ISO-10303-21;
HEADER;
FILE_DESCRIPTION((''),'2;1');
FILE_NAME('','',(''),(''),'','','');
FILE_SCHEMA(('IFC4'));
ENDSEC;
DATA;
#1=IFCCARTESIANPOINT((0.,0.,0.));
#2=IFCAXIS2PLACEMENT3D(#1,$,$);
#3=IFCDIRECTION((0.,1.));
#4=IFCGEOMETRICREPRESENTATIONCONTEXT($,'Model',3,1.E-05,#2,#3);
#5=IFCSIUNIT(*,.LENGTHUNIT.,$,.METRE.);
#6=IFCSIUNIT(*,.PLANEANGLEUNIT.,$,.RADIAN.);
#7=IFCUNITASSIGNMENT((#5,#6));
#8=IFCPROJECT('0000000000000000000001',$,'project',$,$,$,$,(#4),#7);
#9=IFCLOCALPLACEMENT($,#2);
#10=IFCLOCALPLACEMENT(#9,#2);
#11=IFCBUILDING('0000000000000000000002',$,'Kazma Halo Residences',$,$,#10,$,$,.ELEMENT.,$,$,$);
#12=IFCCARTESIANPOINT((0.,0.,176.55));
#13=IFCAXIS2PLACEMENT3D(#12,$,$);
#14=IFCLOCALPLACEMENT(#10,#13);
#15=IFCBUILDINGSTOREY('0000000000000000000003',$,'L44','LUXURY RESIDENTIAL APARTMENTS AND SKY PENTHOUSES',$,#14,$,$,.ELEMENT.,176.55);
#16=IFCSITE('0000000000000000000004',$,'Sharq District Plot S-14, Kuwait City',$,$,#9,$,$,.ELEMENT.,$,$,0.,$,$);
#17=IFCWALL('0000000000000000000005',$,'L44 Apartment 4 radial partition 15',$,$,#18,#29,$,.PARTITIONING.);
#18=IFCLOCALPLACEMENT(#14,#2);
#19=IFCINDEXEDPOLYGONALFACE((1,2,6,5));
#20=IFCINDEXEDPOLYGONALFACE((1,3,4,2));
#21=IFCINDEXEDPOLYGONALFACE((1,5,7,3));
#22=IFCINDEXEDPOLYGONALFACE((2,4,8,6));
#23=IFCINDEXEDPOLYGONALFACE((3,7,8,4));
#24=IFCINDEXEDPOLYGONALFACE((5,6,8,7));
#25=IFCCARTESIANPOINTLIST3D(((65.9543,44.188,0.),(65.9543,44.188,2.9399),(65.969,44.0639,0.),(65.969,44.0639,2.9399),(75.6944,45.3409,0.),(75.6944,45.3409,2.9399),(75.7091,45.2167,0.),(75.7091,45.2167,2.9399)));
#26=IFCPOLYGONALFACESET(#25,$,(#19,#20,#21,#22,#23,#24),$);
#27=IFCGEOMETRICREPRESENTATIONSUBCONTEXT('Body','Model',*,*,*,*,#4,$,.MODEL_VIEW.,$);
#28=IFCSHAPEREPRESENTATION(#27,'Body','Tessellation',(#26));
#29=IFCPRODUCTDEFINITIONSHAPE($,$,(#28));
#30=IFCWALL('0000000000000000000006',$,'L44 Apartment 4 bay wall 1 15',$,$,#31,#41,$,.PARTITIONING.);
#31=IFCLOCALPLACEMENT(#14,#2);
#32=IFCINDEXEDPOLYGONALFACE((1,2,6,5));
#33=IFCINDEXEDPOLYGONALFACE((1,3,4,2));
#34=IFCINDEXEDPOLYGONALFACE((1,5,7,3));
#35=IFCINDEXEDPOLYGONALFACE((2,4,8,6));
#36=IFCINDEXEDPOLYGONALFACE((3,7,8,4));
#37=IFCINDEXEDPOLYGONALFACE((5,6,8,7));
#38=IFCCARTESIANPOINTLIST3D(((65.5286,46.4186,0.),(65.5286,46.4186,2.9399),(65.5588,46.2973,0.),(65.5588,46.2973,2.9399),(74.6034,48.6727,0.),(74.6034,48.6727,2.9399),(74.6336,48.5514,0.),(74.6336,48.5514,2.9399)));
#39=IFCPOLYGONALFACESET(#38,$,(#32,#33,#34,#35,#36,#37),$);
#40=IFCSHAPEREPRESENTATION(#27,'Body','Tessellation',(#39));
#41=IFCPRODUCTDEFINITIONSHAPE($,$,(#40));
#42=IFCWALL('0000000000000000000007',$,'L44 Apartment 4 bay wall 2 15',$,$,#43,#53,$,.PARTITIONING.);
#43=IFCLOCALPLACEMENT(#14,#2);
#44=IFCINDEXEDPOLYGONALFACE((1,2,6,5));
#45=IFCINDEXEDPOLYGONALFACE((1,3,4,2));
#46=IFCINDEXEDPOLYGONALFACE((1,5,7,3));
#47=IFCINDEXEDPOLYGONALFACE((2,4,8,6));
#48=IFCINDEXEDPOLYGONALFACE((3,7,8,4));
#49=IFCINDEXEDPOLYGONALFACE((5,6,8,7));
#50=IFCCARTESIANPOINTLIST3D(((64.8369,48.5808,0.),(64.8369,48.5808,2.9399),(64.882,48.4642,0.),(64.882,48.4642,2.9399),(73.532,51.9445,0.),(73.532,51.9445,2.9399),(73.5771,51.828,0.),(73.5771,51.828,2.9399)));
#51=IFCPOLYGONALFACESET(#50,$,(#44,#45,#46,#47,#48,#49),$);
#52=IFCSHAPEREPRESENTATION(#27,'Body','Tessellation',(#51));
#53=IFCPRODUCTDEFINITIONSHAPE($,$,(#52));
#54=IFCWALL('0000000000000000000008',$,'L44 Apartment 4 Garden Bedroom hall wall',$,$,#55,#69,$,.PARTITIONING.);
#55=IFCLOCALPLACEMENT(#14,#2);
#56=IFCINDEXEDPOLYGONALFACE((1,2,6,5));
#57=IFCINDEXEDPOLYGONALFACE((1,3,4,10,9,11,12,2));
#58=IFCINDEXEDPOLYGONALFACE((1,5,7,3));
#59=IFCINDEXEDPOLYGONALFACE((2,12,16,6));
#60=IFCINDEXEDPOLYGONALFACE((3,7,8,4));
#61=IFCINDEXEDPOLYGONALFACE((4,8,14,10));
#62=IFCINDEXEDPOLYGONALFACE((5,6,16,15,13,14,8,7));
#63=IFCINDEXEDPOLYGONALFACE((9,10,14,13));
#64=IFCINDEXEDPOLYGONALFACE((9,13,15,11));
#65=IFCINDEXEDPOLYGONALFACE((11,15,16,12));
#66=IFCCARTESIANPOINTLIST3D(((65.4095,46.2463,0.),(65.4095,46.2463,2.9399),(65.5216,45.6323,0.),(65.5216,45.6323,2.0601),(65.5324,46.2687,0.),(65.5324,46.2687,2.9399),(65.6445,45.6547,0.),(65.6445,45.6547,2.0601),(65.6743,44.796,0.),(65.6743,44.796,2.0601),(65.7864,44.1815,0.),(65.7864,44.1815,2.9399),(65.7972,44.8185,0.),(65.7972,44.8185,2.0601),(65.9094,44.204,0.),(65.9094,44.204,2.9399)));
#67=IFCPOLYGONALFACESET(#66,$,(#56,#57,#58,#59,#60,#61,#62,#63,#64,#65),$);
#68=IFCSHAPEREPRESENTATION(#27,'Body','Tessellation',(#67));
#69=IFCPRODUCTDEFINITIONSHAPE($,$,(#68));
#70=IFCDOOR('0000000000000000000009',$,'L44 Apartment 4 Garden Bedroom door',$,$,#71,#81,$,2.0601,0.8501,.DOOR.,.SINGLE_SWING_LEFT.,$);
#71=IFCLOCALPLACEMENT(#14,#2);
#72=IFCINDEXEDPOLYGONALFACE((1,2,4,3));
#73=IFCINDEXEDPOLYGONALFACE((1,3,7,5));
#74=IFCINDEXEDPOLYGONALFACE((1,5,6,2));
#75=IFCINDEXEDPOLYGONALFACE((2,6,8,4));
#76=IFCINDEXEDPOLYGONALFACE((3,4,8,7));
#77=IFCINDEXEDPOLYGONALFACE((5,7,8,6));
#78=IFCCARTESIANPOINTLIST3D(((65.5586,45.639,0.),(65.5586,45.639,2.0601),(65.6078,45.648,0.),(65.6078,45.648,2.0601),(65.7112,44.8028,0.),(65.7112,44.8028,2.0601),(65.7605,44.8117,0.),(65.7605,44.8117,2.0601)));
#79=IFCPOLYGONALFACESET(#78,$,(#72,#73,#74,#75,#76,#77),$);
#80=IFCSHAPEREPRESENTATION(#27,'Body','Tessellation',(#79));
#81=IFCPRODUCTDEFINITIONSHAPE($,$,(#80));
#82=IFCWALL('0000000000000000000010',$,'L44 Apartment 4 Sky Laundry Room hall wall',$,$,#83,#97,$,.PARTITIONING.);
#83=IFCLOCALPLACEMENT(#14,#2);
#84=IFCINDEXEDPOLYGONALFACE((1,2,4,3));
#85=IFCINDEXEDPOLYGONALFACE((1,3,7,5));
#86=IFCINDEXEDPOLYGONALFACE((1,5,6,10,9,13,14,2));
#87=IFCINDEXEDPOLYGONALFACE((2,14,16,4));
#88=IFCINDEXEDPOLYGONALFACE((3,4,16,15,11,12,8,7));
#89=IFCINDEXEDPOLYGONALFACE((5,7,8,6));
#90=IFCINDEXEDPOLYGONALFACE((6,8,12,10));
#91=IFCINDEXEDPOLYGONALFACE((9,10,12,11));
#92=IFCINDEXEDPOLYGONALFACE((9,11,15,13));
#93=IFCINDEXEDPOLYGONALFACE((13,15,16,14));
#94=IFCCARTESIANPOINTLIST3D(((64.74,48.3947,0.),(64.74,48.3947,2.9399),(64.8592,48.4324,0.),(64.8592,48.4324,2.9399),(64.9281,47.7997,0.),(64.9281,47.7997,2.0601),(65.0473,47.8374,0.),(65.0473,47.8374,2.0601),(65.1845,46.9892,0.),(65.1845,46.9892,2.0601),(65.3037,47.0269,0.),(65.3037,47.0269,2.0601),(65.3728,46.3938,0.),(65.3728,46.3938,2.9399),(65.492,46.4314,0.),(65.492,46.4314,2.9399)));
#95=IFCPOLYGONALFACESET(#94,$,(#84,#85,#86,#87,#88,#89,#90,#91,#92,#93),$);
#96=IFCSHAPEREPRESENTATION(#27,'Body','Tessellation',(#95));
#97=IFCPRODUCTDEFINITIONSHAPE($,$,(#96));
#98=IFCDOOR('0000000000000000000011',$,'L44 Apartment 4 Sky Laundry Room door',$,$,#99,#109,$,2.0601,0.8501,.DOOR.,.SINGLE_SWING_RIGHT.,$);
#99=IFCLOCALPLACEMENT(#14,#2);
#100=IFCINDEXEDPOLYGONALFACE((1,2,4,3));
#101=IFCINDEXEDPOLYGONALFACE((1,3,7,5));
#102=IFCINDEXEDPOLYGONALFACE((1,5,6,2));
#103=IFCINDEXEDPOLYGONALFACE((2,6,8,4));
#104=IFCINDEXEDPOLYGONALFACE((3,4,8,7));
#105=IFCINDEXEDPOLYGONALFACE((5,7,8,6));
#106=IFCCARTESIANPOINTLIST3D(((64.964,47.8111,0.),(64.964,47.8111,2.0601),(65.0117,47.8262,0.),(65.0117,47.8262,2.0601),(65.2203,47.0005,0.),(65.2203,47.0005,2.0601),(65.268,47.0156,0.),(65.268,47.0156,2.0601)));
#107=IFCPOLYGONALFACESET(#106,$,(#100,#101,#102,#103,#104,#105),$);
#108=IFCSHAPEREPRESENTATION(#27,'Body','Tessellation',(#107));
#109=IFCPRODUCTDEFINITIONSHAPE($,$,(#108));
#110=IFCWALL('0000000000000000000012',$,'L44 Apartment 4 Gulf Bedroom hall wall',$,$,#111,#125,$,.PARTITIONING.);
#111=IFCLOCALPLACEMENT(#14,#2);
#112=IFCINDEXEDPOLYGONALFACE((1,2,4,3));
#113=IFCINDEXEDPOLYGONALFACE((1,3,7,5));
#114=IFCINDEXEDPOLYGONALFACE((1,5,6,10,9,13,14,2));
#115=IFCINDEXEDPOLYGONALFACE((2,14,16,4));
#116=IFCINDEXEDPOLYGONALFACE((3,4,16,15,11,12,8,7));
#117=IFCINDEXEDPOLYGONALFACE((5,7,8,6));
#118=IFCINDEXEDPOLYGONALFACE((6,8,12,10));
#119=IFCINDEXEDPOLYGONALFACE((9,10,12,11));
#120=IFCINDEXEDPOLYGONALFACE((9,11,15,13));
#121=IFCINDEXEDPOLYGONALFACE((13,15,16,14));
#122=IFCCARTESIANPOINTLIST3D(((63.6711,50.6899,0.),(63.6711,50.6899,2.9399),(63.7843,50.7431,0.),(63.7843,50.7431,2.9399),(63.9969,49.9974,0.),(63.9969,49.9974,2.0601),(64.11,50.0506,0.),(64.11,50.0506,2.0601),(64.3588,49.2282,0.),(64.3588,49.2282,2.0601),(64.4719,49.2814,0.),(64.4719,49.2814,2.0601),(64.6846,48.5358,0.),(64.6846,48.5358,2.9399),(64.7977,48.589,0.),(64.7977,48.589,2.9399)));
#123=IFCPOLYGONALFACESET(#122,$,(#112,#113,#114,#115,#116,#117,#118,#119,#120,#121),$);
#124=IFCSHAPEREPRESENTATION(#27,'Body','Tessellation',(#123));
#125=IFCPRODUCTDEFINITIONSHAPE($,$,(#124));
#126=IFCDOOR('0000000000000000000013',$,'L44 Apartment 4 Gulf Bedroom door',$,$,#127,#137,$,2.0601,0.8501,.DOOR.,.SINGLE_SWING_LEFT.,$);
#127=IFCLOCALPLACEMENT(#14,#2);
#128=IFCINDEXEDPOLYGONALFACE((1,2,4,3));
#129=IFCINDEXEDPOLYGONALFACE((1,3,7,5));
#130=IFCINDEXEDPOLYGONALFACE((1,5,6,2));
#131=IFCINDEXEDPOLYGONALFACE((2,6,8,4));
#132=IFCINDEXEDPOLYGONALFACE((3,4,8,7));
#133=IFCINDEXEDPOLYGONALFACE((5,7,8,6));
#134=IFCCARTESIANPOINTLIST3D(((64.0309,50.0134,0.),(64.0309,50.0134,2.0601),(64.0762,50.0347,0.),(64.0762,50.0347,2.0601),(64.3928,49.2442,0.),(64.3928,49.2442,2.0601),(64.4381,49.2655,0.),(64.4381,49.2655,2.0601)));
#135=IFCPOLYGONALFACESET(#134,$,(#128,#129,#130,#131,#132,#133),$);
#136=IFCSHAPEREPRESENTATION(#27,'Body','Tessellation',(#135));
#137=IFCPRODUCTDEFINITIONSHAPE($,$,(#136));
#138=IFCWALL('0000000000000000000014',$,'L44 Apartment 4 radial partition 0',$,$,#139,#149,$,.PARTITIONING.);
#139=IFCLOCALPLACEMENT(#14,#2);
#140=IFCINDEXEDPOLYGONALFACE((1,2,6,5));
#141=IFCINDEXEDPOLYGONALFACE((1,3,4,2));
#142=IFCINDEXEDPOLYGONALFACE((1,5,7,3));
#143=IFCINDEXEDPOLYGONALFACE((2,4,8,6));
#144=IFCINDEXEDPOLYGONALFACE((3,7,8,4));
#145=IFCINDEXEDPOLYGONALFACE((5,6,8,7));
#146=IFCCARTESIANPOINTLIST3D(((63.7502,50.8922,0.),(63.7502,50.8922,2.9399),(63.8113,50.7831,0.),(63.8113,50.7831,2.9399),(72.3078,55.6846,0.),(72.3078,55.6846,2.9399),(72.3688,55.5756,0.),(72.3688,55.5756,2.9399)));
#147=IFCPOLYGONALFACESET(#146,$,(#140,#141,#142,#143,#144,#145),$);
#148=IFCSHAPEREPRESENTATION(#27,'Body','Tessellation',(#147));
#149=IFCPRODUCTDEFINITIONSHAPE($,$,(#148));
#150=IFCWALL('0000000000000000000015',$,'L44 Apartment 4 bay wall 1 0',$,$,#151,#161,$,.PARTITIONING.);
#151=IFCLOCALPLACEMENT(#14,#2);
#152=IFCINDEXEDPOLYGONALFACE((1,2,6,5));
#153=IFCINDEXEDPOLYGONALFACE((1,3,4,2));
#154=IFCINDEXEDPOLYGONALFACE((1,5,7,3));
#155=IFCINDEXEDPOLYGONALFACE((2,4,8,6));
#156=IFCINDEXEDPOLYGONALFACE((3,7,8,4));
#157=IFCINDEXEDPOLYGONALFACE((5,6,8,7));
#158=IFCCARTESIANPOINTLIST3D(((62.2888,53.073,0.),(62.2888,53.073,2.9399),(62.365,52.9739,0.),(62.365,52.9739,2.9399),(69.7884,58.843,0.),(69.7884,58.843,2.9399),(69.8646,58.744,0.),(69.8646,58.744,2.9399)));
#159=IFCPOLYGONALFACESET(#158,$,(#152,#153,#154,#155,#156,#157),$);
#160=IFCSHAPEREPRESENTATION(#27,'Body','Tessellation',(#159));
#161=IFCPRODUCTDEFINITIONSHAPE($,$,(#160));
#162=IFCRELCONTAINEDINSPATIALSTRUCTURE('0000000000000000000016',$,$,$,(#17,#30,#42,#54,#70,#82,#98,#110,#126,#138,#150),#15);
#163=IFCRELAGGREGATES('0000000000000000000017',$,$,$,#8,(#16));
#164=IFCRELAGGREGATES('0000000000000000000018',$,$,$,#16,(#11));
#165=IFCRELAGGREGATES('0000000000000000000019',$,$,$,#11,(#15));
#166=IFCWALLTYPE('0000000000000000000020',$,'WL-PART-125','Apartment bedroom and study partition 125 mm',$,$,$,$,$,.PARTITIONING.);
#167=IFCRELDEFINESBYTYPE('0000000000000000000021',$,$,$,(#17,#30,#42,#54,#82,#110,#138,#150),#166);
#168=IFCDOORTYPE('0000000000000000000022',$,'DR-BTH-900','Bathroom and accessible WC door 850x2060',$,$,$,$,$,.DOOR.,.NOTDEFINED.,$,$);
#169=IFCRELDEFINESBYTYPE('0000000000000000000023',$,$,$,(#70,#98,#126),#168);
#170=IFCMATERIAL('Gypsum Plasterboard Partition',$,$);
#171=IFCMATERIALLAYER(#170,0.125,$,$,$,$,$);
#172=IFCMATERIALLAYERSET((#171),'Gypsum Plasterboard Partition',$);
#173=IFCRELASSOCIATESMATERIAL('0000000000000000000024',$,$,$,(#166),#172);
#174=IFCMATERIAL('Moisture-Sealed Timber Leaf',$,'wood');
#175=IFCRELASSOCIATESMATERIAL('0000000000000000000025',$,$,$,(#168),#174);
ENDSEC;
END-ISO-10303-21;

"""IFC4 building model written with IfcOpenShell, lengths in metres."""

from ifc_helpers import new_model, si_unit, direction, frame, frame_2d, origin, place, context, subcontext, project, spatial, rectangle, extrude, material, layer, layer_set, type_object, element, fill, save


model = new_model("IFC4")

# Units and contexts
model_context = context("Model", 3, precision=1e-05, world=origin(), true_north=direction((0.0, 1.0)))
body_context = subcontext(model_context, "Body", "Model", "MODEL_VIEW")
ifc_project = project(units=[si_unit("LENGTHUNIT", "METRE"), si_unit("PLANEANGLEUNIT", "RADIAN")], contexts=[model_context])

# Site, building, storey
site_placement = place(None, origin())
site = spatial("IfcSite", under=ifc_project, at=site_placement, Name="Sharq District Plot S-14, Kuwait City", CompositionType="ELEMENT", RefElevation=0.0)
building_placement = place(site_placement, origin())
building = spatial("IfcBuilding", under=site, at=building_placement, Name="Kazma Halo Residences", CompositionType="ELEMENT")
storey_placement = place(building_placement, frame((0.0, 0.0, 176.55)))
storey = spatial("IfcBuildingStorey", under=building, at=storey_placement, Name="L44", Description="LUXURY RESIDENTIAL APARTMENTS AND SKY PENTHOUSES", CompositionType="ELEMENT", Elevation=176.55)

# Walls
ifc_material_1 = material(Name="Gypsum Plasterboard Partition")
ifc_layer_1 = layer(ifc_material_1, 0.125)
ifc_layer_set_1 = layer_set([ifc_layer_1], Name="Gypsum Plasterboard Partition")
wall_type_1 = type_object("IfcWallType", Name="WL-PART-125", Description="Apartment bedroom and study partition 125 mm", PredefinedType="PARTITIONING", material=ifc_layer_set_1)
wall_1_placement = place(storey_placement, frame((65.9617, 44.126, 0.0), z_axis=(0.0, 0.0, 1.0), x_axis=(0.993068, 0.117537, 0.0)))
element("IfcWall", 1, at=wall_1_placement, inside=storey, type_object=wall_type_1, Name="L44 Apartment 4 radial partition 15", PredefinedType="PARTITIONING", context=body_context, shape_type="SweptSolid", body=[
    extrude(rectangle(XDim=9.8081, YDim=0.125, at=frame_2d((4.9041, 0.0))), origin(), (0.0, 0.0, 1.0), 2.9399),
])
wall_2_placement = place(storey_placement, frame((65.5437, 46.3579, 0.0), z_axis=(0.0, 0.0, 1.0), x_axis=(0.970507, 0.241073, 0.0)))
element("IfcWall", 2, at=wall_2_placement, inside=storey, type_object=wall_type_1, Name="L44 Apartment 4 bay wall 1 15", PredefinedType="PARTITIONING", context=body_context, shape_type="SweptSolid", body=[
    extrude(rectangle(XDim=9.3506, YDim=0.125, at=frame_2d((4.6753, 0.0))), origin(), (0.0, 0.0, 1.0), 2.9399),
])
wall_3_placement = place(storey_placement, frame((64.8594, 48.5225, 0.0), z_axis=(0.0, 0.0, 1.0), x_axis=(0.932643, 0.360802, 0.0)))
element("IfcWall", 3, at=wall_3_placement, inside=storey, type_object=wall_type_1, Name="L44 Apartment 4 bay wall 2 15", PredefinedType="PARTITIONING", context=body_context, shape_type="SweptSolid", body=[
    extrude(rectangle(XDim=9.323, YDim=0.125, at=frame_2d((4.6616, 0.0))), origin(), (0.0, 0.0, 1.0), 2.9399),
])

# Walls, openings, doors
wall_4_placement = place(storey_placement, frame((65.8479, 44.1929, 0.0), z_axis=(0.0, 0.0, 1.0), x_axis=(-0.179602, 0.983739, 0.0)))
wall_4 = element("IfcWall", 4, at=wall_4_placement, inside=storey, type_object=wall_type_1, Name="L44 Apartment 4 Garden Bedroom hall wall", PredefinedType="PARTITIONING", context=body_context, shape_type="SweptSolid", body=[
    extrude(rectangle(XDim=2.0989, YDim=0.125, at=frame_2d((1.0493, 0.0))), origin(), (0.0, 0.0, 1.0), 2.9399),
])
opening_1_placement = place(wall_4_placement, frame((0.6245, 0.0, 0.0)))
opening_1 = element("IfcOpeningElement", 5, at=opening_1_placement, cuts=wall_4, PredefinedType="OPENING", context=body_context, shape_type="SweptSolid", body=[
    extrude(rectangle(XDim=0.8501, YDim=2.0601, at=frame_2d((0.425, 1.03))), frame((0.0, 0.0725, 0.0), z_axis=(0.0, -1.0, 0.0), x_axis=(1.0, 0.0, 0.0)), (0.0, 0.0, 1.0), 0.145),
])
ifc_material_2 = material(Name="Moisture-Sealed Timber Leaf", Category="wood")
door_type = type_object("IfcDoorType", Name="DR-BTH-900", Description="Bathroom and accessible WC door 850x2060", OperationType="NOTDEFINED", PredefinedType="DOOR", material=ifc_material_2)
door_1_placement = place(opening_1_placement, origin())
door_1 = element("IfcDoor", 6, at=door_1_placement, inside=storey, type_object=door_type, Name="L44 Apartment 4 Garden Bedroom door", OperationType="SINGLE_SWING_LEFT", OverallHeight=2.0601, OverallWidth=0.8501, PredefinedType="DOOR", context=body_context, shape_type="SweptSolid", body=[
    extrude(rectangle(XDim=0.8501, YDim=2.0601, at=frame_2d((0.425, 1.03))), frame((0.0, 0.0249, 0.0), z_axis=(0.0, -1.0, 0.0), x_axis=(1.0, 0.0, 0.0)), (0.0, 0.0, 1.0), 0.05),
])
fill(opening_1, door_1)
wall_5_placement = place(storey_placement, frame((65.4324, 46.4126, 0.0), z_axis=(0.0, 0.0, 1.0), x_axis=(-0.301532, 0.953456, 0.0)))
wall_5 = element("IfcWall", 7, at=wall_5_placement, inside=storey, type_object=wall_type_1, Name="L44 Apartment 4 Sky Laundry Room hall wall", PredefinedType="PARTITIONING", context=body_context, shape_type="SweptSolid", body=[
    extrude(rectangle(XDim=2.0986, YDim=0.125, at=frame_2d((1.0493, 0.0))), origin(), (0.0, 0.0, 1.0), 2.9399),
])
opening_2_placement = place(wall_5_placement, frame((0.6245, 0.0, 0.0)))
opening_2 = element("IfcOpeningElement", 8, at=opening_2_placement, cuts=wall_5, PredefinedType="OPENING", context=body_context, shape_type="SweptSolid", body=[
    extrude(rectangle(XDim=0.8501, YDim=2.0601, at=frame_2d((0.425, 1.03))), frame((0.0, 0.0725, 0.0), z_axis=(0.0, -1.0, 0.0), x_axis=(1.0, 0.0, 0.0)), (0.0, 0.0, 1.0), 0.145),
])
door_2_placement = place(opening_2_placement, origin())
door_2 = element("IfcDoor", 9, at=door_2_placement, inside=storey, type_object=door_type, Name="L44 Apartment 4 Sky Laundry Room door", OperationType="SINGLE_SWING_RIGHT", OverallHeight=2.0601, OverallWidth=0.8501, PredefinedType="DOOR", context=body_context, shape_type="SweptSolid", body=[
    extrude(rectangle(XDim=0.8501, YDim=2.0601, at=frame_2d((0.425, 1.03))), frame((0.0, 0.0249, 0.0), z_axis=(0.0, -1.0, 0.0), x_axis=(1.0, 0.0, 0.0)), (0.0, 0.0, 1.0), 0.05),
])
fill(opening_2, door_2)
wall_6_placement = place(storey_placement, frame((64.7412, 48.5623, 0.0), z_axis=(0.0, 0.0, 1.0), x_axis=(-0.425713, 0.904858, 0.0)))
wall_6 = element("IfcWall", 10, at=wall_6_placement, inside=storey, type_object=wall_type_1, Name="L44 Apartment 4 Gulf Bedroom hall wall", PredefinedType="PARTITIONING", context=body_context, shape_type="SweptSolid", body=[
    extrude(rectangle(XDim=2.3806, YDim=0.125, at=frame_2d((1.1904, 0.0))), origin(), (0.0, 0.0, 1.0), 2.9399),
])
opening_3_placement = place(wall_6_placement, frame((0.7654, 0.0, 0.0)))
opening_3 = element("IfcOpeningElement", 11, at=opening_3_placement, cuts=wall_6, PredefinedType="OPENING", context=body_context, shape_type="SweptSolid", body=[
    extrude(rectangle(XDim=0.8501, YDim=2.0601, at=frame_2d((0.425, 1.03))), frame((0.0, 0.0725, 0.0), z_axis=(0.0, -1.0, 0.0), x_axis=(1.0, 0.0, 0.0)), (0.0, 0.0, 1.0), 0.145),
])
door_3_placement = place(opening_3_placement, origin())
door_3 = element("IfcDoor", 12, at=door_3_placement, inside=storey, type_object=door_type, Name="L44 Apartment 4 Gulf Bedroom door", OperationType="SINGLE_SWING_LEFT", OverallHeight=2.0601, OverallWidth=0.8501, PredefinedType="DOOR", context=body_context, shape_type="SweptSolid", body=[
    extrude(rectangle(XDim=0.8501, YDim=2.0601, at=frame_2d((0.425, 1.03))), frame((0.0, 0.0249, 0.0), z_axis=(0.0, -1.0, 0.0), x_axis=(1.0, 0.0, 0.0)), (0.0, 0.0, 1.0), 0.05),
])
fill(opening_3, door_3)

# Walls
wall_7_placement = place(storey_placement, frame((63.7808, 50.8376, 0.0), z_axis=(0.0, 0.0, 1.0), x_axis=(0.872497, 0.48862, 0.0)))
element("IfcWall", 13, at=wall_7_placement, inside=storey, type_object=wall_type_1, Name="L44 Apartment 4 radial partition 0", PredefinedType="PARTITIONING", context=body_context, shape_type="SweptSolid", body=[
    extrude(rectangle(XDim=9.8081, YDim=0.125, at=frame_2d((4.9041, 0.0))), origin(), (0.0, 0.0, 1.0), 2.9399),
])
wall_8_placement = place(storey_placement, frame((62.3269, 53.0234, 0.0), z_axis=(0.0, 0.0, 1.0), x_axis=(0.792565, 0.609788, 0.0)))
element("IfcWall", 14, at=wall_8_placement, inside=storey, type_object=wall_type_1, Name="L44 Apartment 4 bay wall 1 0", PredefinedType="PARTITIONING", context=body_context, shape_type="SweptSolid", body=[
    extrude(rectangle(XDim=9.4624, YDim=0.125, at=frame_2d((4.7312, 0.0))), origin(), (0.0, 0.0, 1.0), 2.9399),
])

save(model, "model.ifc")
